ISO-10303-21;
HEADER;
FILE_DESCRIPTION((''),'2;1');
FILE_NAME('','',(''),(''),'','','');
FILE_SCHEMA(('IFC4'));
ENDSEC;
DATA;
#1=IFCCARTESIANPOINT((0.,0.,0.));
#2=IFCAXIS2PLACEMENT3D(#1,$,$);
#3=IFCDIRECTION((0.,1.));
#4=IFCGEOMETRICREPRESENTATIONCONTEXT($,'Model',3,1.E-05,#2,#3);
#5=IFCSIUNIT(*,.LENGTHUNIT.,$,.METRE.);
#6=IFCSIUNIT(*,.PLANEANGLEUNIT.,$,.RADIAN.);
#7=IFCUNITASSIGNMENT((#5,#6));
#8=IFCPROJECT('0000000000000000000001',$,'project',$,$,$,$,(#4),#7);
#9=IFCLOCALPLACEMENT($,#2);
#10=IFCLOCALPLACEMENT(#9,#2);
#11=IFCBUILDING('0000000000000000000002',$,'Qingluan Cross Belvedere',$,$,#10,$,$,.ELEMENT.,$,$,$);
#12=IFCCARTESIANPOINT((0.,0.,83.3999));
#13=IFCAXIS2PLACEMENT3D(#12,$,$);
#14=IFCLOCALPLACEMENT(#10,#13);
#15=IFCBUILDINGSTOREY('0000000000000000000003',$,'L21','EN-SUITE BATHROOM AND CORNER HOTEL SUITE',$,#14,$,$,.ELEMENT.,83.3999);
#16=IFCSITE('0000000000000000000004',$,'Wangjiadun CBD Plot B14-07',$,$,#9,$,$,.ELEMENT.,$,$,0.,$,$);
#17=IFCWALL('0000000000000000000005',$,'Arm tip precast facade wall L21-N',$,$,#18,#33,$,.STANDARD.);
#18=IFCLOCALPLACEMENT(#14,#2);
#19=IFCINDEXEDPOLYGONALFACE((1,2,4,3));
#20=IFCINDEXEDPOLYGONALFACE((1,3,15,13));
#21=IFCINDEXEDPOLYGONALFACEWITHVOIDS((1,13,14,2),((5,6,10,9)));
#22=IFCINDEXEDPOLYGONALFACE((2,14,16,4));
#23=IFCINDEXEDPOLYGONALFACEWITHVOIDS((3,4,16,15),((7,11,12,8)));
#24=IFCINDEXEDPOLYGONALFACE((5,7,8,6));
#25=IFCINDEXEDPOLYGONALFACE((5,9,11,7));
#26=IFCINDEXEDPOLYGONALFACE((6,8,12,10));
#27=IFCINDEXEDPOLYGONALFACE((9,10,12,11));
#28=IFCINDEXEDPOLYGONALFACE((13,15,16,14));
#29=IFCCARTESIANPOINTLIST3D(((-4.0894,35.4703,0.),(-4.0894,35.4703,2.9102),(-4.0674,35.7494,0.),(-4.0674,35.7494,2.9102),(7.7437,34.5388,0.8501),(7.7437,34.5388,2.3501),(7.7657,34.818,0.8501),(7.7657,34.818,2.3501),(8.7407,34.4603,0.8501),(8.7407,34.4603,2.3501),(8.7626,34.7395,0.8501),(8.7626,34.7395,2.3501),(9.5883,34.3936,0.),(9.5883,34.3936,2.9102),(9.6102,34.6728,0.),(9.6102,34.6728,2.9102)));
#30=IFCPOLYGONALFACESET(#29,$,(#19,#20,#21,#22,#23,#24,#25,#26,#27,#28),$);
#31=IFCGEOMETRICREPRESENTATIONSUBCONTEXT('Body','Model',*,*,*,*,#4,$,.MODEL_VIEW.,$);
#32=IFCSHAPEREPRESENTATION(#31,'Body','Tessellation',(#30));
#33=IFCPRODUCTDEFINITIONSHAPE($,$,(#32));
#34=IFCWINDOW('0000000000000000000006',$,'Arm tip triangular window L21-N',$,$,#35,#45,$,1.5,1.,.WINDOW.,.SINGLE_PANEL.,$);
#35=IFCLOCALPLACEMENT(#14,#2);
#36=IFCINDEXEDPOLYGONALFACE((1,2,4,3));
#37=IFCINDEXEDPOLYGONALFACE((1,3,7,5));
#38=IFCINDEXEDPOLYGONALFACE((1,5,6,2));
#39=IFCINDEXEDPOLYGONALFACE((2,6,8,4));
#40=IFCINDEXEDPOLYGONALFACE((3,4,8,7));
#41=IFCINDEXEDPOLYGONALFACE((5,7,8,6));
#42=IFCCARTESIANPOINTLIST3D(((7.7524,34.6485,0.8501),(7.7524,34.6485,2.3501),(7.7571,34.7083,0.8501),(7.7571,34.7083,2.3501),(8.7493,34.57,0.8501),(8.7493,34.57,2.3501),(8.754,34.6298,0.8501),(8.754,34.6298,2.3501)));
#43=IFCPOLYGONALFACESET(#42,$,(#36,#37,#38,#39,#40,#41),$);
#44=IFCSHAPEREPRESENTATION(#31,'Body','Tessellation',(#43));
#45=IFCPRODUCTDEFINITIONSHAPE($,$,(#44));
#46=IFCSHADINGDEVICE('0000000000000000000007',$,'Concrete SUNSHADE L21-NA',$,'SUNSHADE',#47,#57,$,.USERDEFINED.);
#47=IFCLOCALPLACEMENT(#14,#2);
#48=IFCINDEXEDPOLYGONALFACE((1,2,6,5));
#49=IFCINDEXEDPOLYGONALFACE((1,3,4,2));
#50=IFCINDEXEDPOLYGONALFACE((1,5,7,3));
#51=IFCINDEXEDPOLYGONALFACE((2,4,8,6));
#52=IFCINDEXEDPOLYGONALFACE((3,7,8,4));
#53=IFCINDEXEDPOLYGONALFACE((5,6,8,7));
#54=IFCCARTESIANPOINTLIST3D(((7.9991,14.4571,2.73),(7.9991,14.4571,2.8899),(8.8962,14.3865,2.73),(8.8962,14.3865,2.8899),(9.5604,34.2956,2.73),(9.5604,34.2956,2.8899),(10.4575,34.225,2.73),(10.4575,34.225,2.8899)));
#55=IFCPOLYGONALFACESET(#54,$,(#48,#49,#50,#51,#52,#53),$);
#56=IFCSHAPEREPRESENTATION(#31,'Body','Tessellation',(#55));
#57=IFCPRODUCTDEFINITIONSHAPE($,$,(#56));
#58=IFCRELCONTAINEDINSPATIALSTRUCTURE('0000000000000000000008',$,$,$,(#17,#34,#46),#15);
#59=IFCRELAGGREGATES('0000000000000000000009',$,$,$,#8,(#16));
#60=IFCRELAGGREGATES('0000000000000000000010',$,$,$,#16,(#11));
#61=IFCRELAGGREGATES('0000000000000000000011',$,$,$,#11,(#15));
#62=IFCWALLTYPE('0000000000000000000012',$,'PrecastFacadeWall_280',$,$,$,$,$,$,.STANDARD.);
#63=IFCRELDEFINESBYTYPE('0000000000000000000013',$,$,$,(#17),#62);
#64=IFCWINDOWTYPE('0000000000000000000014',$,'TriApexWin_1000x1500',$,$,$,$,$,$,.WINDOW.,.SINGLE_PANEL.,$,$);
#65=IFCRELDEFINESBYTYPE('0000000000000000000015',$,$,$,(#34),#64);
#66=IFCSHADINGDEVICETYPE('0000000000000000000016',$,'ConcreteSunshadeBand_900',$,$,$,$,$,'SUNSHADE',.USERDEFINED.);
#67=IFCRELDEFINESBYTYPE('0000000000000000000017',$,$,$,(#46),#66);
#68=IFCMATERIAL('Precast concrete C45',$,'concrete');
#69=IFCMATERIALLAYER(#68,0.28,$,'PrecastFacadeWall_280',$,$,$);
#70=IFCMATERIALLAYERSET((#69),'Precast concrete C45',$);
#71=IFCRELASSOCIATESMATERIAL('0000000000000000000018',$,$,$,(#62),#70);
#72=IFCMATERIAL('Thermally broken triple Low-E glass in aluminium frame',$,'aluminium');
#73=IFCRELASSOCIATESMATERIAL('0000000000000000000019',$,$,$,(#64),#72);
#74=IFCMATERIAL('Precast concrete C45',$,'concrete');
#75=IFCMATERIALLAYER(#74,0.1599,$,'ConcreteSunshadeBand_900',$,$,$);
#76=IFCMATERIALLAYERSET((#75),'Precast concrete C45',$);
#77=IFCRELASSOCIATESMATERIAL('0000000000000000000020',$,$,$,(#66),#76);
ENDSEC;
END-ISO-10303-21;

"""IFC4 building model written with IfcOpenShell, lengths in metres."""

from ifc_helpers import new_model, si_unit, direction, frame, frame_2d, origin, origin_2d, place, context, subcontext, project, spatial, rectangle, extrude, material, layer, layer_set, type_object, element, fill, save


model = new_model("IFC4")

# Units and contexts
model_context = context("Model", 3, precision=1e-05, world=origin(), true_north=direction((0.0, 1.0)))
body_context = subcontext(model_context, "Body", "Model", "MODEL_VIEW")
ifc_project = project(units=[si_unit("LENGTHUNIT", "METRE"), si_unit("PLANEANGLEUNIT", "RADIAN")], contexts=[model_context])

# Site, building, storey
site_placement = place(None, origin())
site = spatial("IfcSite", under=ifc_project, at=site_placement, Name="Wangjiadun CBD Plot B14-07", CompositionType="ELEMENT", RefElevation=0.0)
building_placement = place(site_placement, origin())
building = spatial("IfcBuilding", under=site, at=building_placement, Name="Qingluan Cross Belvedere", CompositionType="ELEMENT")
storey_placement = place(building_placement, frame((0.0, 0.0, 83.3999)))
storey = spatial("IfcBuildingStorey", under=building, at=storey_placement, Name="L21", Description="EN-SUITE BATHROOM AND CORNER HOTEL SUITE", CompositionType="ELEMENT", Elevation=83.3999)

# Shared definitions
ifc_material_1 = material(Name="Precast concrete C45", Category="concrete")
ifc_layer_1 = layer(ifc_material_1, 0.28, Name="PrecastFacadeWall_280")
ifc_layer_set_1 = layer_set([ifc_layer_1], Name="Precast concrete C45")
wall_type_1 = type_object("IfcWallType", Name="PrecastFacadeWall_280", PredefinedType="STANDARD", material=ifc_layer_set_1)

# Wall, opening, window
wall_1_placement = place(storey_placement, frame((9.5991, 34.5332, 0.0), z_axis=(0.0, 0.0, 1.0), x_axis=(-0.996916, 0.078474, 0.0)))
wall_1 = element("IfcWall", 1, at=wall_1_placement, inside=storey, type_object=wall_type_1, Name="Arm tip precast facade wall L21-N", PredefinedType="STANDARD", context=body_context, shape_type="SweptSolid", body=[
    extrude(rectangle(XDim=13.72, YDim=0.28, at=frame_2d((6.8599, 0.0))), origin(), (0.0, 0.0, 1.0), 2.9102),
])
opening_1_placement = place(wall_1_placement, frame((0.8501, 0.0, 0.8501)))
opening_1 = element("IfcOpeningElement", 2, at=opening_1_placement, cuts=wall_1, PredefinedType="OPENING", context=body_context, shape_type="SweptSolid", body=[
    extrude(rectangle(XDim=1.0, YDim=1.5, at=frame_2d((0.5, 0.75))), frame((0.0, 0.1499, 0.0), z_axis=(0.0, -1.0, 0.0), x_axis=(1.0, 0.0, 0.0)), (0.0, 0.0, 1.0), 0.3),
])
ifc_material_2 = material(Name="Thermally broken triple Low-E glass in aluminium frame", Category="aluminium")
window_type_1 = type_object("IfcWindowType", Name="TriApexWin_1000x1500", PartitioningType="SINGLE_PANEL", PredefinedType="WINDOW", material=ifc_material_2)
window_1_placement = place(opening_1_placement, origin())
window_1 = element("IfcWindow", 3, at=window_1_placement, inside=storey, type_object=window_type_1, Name="Arm tip triangular window L21-N", OverallHeight=1.5, OverallWidth=1.0, PartitioningType="SINGLE_PANEL", PredefinedType="WINDOW", context=body_context, shape_type="SweptSolid", body=[
    extrude(rectangle(XDim=1.0, YDim=1.5, at=frame_2d((0.5, 0.75))), frame((0.0, 0.03, 0.0), z_axis=(0.0, -1.0, 0.0), x_axis=(1.0, 0.0, 0.0)), (0.0, 0.0, 1.0), 0.0601),
])
fill(opening_1, window_1)

# Shading device
ifc_material_3 = material(Name="Precast concrete C45", Category="concrete")
ifc_layer_2 = layer(ifc_material_3, 0.1599, Name="ConcreteSunshadeBand_900")
ifc_layer_set_2 = layer_set([ifc_layer_2], Name="Precast concrete C45")
shading_device_type = type_object("IfcShadingDeviceType", Name="ConcreteSunshadeBand_900", ElementType="SUNSHADE", PredefinedType="USERDEFINED", material=ifc_layer_set_2)
shading_device_placement = place(storey_placement, frame((9.2283, 24.3411, 2.73), z_axis=(0.0, 0.0, 1.0), x_axis=(0.078458, 0.996917, 0.0)))
element("IfcShadingDevice", 4, at=shading_device_placement, inside=storey, type_object=shading_device_type, Name="Concrete SUNSHADE L21-NA", ObjectType="SUNSHADE", PredefinedType="USERDEFINED", context=body_context, shape_type="SweptSolid", body=[
    extrude(rectangle(XDim=19.8999, YDim=0.8999, at=origin_2d()), origin(), (0.0, 0.0, 1.0), 0.1599),
])

save(model, "model.ifc")
